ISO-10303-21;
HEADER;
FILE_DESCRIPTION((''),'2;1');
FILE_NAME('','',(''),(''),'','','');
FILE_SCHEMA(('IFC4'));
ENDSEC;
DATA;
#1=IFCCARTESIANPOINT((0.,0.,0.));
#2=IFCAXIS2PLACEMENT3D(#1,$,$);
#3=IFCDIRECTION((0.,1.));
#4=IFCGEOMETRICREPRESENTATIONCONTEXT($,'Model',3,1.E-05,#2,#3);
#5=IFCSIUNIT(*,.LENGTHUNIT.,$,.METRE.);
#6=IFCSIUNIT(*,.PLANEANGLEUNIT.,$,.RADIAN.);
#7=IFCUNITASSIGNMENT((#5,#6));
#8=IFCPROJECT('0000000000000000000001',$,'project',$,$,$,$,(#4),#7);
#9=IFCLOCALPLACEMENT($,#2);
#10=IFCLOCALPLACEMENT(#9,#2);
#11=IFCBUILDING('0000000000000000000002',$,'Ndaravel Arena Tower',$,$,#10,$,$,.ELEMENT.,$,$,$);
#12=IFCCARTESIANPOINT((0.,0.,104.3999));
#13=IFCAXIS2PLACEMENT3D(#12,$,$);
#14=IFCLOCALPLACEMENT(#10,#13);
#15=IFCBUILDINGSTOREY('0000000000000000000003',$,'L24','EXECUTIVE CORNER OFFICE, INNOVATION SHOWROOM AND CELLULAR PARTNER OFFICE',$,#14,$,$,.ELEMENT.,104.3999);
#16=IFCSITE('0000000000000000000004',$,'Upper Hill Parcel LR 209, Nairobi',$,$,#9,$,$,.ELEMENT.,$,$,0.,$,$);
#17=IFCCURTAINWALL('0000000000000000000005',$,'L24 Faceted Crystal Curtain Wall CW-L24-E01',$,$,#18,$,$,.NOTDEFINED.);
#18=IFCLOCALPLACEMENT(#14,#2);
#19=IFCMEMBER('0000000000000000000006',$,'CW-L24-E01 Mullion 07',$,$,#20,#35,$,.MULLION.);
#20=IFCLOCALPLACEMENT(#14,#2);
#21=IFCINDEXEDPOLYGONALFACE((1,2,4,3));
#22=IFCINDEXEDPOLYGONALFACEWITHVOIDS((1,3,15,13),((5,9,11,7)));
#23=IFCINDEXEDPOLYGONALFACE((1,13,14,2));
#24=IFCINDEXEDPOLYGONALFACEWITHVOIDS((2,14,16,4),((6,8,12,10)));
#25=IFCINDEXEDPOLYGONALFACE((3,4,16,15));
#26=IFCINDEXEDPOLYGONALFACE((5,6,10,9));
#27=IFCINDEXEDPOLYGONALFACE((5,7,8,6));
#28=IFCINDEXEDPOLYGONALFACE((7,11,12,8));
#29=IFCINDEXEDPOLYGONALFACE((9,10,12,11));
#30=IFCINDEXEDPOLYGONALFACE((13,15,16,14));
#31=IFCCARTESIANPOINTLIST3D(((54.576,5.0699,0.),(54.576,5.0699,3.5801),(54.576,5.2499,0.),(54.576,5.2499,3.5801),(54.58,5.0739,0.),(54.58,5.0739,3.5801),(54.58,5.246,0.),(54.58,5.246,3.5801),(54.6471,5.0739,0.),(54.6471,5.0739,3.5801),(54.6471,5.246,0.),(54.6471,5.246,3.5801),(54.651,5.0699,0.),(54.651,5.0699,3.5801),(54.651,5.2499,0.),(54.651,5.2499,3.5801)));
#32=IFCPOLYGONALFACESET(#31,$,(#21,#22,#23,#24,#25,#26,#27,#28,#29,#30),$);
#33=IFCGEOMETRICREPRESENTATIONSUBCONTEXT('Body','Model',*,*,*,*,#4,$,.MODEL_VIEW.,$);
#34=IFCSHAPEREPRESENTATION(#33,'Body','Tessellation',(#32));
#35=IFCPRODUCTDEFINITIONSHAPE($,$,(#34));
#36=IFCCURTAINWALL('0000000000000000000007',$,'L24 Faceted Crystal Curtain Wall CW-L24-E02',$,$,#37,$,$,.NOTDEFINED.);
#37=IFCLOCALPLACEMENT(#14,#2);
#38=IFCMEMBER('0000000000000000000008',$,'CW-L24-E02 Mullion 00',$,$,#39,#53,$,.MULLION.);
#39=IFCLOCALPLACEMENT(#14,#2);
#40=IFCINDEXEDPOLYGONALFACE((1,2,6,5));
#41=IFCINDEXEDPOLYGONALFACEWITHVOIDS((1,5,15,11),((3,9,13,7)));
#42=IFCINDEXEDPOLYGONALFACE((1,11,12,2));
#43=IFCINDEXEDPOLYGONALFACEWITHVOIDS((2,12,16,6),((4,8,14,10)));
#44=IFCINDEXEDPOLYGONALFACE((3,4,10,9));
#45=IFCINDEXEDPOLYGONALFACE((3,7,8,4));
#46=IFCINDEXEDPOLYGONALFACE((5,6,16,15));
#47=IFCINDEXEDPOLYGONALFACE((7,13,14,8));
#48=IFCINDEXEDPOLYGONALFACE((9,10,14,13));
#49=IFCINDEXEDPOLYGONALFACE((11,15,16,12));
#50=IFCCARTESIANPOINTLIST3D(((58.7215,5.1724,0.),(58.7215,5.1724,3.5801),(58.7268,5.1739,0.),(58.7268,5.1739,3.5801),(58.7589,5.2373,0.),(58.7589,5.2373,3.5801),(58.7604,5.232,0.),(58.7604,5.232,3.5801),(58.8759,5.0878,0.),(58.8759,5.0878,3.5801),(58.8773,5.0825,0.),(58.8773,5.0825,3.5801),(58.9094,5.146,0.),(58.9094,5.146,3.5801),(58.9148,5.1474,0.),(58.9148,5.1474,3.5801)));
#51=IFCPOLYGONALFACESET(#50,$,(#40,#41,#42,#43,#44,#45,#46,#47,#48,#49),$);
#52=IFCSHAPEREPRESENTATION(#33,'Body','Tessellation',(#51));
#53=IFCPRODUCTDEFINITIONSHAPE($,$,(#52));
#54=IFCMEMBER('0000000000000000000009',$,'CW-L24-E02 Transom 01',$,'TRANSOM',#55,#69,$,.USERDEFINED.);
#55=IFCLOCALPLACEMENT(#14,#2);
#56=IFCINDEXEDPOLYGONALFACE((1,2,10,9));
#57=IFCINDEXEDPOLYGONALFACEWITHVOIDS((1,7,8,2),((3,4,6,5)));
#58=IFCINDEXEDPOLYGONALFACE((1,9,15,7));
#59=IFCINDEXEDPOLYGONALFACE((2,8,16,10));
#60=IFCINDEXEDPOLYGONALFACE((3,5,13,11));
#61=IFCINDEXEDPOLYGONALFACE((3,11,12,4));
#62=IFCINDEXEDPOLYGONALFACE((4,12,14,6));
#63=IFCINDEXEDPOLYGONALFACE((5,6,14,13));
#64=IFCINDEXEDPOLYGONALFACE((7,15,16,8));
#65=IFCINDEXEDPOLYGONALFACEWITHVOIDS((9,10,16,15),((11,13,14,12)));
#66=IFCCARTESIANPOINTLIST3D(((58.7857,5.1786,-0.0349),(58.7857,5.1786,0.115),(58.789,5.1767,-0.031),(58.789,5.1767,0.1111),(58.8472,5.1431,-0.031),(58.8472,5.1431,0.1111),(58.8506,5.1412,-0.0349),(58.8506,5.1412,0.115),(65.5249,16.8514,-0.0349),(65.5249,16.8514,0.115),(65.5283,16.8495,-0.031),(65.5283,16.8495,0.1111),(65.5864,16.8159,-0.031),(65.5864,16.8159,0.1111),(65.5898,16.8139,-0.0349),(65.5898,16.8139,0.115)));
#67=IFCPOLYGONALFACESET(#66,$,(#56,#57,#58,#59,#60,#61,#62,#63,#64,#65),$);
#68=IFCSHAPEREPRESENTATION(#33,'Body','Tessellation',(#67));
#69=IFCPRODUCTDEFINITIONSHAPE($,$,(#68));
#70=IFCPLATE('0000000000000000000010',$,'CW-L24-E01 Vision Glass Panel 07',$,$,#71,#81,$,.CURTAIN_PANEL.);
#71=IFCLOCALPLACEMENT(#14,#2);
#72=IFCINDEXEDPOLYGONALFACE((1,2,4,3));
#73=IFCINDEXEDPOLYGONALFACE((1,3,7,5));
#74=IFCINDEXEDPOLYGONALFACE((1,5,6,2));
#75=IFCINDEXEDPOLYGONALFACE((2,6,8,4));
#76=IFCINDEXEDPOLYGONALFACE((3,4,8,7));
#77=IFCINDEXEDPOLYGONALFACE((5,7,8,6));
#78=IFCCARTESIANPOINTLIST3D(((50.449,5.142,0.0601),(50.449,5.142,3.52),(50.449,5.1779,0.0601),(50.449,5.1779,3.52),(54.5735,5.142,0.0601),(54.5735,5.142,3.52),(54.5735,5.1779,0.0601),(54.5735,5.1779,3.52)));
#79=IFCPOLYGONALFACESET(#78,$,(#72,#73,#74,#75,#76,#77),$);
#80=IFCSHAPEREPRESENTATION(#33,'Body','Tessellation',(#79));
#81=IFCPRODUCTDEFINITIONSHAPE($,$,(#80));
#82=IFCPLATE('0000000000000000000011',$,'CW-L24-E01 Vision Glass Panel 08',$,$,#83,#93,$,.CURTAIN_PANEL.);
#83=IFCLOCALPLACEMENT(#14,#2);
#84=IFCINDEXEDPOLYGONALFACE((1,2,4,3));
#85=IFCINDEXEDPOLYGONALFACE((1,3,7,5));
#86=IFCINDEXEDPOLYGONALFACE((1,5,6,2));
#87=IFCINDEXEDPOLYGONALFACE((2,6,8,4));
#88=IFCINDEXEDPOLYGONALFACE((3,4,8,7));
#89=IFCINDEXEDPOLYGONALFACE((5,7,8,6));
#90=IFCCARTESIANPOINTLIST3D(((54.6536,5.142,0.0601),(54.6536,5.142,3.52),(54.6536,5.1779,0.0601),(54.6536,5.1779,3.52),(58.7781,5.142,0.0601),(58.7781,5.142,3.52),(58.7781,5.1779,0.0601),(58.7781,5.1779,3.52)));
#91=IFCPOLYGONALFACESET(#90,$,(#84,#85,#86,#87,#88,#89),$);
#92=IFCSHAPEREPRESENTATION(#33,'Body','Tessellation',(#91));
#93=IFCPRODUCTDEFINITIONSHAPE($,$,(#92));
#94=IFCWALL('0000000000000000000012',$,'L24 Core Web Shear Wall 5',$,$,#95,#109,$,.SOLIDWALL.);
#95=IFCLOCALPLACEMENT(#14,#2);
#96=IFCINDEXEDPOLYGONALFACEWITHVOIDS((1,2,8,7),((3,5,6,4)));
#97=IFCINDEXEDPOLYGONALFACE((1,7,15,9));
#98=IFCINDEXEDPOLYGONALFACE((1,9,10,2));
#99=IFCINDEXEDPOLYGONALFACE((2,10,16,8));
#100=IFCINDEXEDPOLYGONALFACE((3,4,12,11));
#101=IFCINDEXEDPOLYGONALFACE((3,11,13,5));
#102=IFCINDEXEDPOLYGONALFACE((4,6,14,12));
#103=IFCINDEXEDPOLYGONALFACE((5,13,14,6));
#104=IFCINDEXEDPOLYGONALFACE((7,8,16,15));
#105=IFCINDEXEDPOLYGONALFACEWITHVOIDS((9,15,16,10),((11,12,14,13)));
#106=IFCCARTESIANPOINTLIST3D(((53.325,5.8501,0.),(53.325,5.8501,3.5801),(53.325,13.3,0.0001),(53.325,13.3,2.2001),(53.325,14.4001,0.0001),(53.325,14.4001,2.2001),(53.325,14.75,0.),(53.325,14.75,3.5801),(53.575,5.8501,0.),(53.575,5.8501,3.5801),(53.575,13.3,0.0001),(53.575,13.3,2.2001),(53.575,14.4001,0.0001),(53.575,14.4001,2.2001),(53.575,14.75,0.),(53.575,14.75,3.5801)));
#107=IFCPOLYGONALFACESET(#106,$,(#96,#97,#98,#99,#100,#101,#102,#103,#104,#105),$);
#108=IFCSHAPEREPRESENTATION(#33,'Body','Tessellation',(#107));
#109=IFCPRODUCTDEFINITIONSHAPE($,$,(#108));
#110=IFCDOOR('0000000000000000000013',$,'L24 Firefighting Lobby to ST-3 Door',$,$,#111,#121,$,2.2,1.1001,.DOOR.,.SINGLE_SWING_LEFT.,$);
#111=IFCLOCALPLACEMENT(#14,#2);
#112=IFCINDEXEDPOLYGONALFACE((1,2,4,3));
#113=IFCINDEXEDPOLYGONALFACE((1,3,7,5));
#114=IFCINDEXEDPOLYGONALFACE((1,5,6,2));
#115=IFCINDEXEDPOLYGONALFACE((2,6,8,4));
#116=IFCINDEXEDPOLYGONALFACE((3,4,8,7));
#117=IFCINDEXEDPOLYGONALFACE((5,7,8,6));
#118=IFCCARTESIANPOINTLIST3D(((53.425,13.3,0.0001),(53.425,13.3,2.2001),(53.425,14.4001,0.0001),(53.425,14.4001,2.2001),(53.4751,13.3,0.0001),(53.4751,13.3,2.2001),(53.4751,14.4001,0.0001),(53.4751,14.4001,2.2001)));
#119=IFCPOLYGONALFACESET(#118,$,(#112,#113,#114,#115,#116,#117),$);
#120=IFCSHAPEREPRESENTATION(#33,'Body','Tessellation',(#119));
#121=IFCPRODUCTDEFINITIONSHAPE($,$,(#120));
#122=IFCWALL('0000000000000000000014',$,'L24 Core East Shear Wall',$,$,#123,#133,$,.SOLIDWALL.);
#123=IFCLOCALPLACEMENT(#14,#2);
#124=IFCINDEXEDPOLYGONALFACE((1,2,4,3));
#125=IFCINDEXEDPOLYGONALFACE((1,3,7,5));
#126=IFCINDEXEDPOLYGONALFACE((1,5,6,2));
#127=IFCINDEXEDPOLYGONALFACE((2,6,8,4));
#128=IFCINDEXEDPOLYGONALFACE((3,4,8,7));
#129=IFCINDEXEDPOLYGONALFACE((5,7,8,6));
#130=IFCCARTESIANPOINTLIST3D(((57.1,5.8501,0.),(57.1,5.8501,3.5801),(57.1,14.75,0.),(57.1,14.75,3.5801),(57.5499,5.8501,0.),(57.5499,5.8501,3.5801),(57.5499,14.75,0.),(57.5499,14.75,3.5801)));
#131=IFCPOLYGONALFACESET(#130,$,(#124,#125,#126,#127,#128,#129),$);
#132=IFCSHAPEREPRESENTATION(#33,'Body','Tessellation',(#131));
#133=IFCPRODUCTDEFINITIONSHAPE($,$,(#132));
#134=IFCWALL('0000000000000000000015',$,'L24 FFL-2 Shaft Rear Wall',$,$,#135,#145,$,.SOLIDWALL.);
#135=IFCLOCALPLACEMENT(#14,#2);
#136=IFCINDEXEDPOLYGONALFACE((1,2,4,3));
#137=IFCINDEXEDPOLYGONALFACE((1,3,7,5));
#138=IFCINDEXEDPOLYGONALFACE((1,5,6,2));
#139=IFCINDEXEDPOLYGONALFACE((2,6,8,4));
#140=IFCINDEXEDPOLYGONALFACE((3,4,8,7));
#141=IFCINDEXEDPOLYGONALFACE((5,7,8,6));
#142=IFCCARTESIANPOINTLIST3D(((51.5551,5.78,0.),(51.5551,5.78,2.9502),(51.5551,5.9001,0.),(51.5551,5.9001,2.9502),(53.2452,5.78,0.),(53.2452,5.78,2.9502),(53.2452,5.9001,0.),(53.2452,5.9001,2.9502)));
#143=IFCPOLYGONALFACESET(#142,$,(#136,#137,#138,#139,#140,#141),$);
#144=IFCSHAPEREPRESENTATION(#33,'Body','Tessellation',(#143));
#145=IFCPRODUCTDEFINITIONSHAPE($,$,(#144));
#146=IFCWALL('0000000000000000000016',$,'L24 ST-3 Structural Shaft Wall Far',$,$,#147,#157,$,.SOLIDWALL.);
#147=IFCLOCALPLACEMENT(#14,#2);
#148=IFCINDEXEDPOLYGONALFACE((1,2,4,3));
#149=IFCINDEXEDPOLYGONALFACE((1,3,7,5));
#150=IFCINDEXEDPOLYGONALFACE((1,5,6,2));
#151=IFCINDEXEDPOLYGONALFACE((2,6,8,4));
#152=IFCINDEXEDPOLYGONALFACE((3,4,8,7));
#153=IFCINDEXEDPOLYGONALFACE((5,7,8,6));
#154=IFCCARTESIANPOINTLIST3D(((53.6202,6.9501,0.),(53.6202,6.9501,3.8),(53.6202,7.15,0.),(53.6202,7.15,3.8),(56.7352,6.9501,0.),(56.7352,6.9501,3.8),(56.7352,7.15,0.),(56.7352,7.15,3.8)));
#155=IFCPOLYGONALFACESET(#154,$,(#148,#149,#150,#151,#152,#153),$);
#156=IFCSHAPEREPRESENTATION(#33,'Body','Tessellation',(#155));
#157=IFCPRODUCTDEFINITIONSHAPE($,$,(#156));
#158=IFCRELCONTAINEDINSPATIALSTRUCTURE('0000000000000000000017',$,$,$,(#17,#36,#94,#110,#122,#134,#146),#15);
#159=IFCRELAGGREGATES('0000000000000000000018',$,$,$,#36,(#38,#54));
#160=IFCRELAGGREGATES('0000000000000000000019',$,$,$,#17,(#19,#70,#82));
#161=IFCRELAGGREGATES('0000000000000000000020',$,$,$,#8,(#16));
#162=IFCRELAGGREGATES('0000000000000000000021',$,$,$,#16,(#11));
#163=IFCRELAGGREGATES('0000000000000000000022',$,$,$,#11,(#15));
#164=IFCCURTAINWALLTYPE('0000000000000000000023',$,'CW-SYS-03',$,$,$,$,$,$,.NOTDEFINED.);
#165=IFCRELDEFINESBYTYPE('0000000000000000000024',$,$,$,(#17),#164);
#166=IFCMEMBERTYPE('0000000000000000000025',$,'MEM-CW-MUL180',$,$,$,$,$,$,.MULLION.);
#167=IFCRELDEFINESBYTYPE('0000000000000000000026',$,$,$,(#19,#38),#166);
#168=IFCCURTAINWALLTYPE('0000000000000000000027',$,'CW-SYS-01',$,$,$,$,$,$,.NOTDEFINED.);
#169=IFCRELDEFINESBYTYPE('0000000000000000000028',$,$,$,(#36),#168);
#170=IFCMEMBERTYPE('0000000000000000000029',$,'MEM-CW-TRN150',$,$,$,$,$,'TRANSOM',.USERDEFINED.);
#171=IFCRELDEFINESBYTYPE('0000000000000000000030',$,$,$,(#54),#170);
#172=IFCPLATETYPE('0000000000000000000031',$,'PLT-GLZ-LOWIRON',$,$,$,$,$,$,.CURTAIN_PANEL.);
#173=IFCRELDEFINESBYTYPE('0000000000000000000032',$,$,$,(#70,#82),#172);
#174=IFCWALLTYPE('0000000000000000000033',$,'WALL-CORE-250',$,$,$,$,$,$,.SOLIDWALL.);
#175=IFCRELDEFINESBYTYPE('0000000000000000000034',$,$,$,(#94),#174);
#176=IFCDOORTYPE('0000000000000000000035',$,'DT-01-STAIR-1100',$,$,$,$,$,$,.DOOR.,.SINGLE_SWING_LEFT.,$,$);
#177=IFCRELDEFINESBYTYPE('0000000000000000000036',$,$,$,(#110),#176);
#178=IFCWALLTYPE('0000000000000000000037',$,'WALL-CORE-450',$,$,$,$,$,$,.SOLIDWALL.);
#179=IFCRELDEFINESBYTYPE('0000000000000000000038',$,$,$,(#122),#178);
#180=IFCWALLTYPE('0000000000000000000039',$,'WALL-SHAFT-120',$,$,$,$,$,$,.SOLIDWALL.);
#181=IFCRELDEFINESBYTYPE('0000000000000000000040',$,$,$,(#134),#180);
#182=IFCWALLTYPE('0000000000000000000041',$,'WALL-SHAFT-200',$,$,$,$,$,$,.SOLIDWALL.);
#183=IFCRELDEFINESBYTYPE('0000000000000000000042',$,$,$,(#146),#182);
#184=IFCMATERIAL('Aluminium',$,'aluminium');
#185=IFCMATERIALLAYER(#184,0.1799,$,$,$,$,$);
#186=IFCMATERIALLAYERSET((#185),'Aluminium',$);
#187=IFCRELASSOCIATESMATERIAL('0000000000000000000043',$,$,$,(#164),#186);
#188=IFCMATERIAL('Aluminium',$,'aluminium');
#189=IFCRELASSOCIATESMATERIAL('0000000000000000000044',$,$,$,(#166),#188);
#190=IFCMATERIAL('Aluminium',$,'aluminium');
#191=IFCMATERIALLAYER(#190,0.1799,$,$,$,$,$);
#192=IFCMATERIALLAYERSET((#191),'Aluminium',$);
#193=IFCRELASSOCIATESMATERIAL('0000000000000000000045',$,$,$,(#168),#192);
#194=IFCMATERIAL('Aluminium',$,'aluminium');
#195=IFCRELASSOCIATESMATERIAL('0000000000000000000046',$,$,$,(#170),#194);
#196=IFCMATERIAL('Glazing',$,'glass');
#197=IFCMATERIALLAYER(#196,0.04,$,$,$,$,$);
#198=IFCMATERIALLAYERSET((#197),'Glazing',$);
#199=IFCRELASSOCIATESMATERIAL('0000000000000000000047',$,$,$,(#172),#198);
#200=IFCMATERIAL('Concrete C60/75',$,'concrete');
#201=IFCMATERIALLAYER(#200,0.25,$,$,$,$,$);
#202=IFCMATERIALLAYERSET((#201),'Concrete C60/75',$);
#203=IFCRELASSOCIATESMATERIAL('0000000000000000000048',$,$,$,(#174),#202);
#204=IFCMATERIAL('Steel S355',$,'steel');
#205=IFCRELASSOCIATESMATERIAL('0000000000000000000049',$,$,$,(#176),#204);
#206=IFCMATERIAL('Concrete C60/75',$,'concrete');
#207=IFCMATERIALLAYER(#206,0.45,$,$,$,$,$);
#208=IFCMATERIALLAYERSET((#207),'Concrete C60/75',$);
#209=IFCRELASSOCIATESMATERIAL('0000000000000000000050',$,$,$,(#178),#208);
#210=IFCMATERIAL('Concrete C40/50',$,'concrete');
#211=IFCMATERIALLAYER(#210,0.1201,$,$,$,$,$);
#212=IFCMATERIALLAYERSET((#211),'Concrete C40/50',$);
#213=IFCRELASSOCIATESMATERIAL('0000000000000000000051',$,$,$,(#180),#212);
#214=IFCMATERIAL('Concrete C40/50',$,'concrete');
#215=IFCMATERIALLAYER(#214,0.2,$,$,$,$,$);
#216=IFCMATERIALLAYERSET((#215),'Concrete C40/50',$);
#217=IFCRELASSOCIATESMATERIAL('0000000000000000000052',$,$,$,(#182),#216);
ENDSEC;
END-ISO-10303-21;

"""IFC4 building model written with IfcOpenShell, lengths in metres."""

from ifc_helpers import new_model, si_unit, direction, frame, frame_2d, origin, origin_2d, place, context, subcontext, project, spatial, rectangle, hollow_rectangle, extrude, material, layer, layer_set, material_profile, profile_set, type_object, element, fill, aggregate, save


model = new_model("IFC4")

# Units and contexts
model_context = context("Model", 3, precision=1e-05, world=origin(), true_north=direction((0.0, 1.0)))
body_context = subcontext(model_context, "Body", "Model", "MODEL_VIEW")
ifc_project = project(units=[si_unit("LENGTHUNIT", "METRE"), si_unit("PLANEANGLEUNIT", "RADIAN")], contexts=[model_context])

# Site, building, storey
site_placement = place(None, origin())
site = spatial("IfcSite", under=ifc_project, at=site_placement, Name="Upper Hill Parcel LR 209, Nairobi", CompositionType="ELEMENT", RefElevation=0.0)
building_placement = place(site_placement, origin())
building = spatial("IfcBuilding", under=site, at=building_placement, Name="Ndaravel Arena Tower", CompositionType="ELEMENT")
storey_placement = place(building_placement, frame((0.0, 0.0, 104.3999)))
storey = spatial("IfcBuildingStorey", under=building, at=storey_placement, Name="L24", Description="EXECUTIVE CORNER OFFICE, INNOVATION SHOWROOM AND CELLULAR PARTNER OFFICE", CompositionType="ELEMENT", Elevation=104.3999)

# Curtain wall, member
ifc_material_1 = material(Name="Aluminium", Category="aluminium")
ifc_layer_1 = layer(ifc_material_1, 0.1799)
ifc_layer_set_1 = layer_set([ifc_layer_1], Name="Aluminium")
curtain_wall_type_1 = type_object("IfcCurtainWallType", Name="CW-SYS-03", PredefinedType="NOTDEFINED", material=ifc_layer_set_1)
curtain_wall_1_placement = place(storey_placement, origin())
curtain_wall_1 = element("IfcCurtainWall", 1, at=curtain_wall_1_placement, inside=storey, type_object=curtain_wall_type_1, Name="L24 Faceted Crystal Curtain Wall CW-L24-E01", PredefinedType="NOTDEFINED")
ifc_material_2 = material(Name="Aluminium", Category="aluminium")
ifc_material_profile_1 = material_profile(ifc_material_2, hollow_rectangle(XDim=0.075, YDim=0.1799, WallThickness=0.0039, at=origin_2d()), Name="CW MULLION 75x180x4")
ifc_profile_set_1 = profile_set([ifc_material_profile_1], Name="Aluminium")
member_type_1 = type_object("IfcMemberType", Name="MEM-CW-MUL180", PredefinedType="MULLION", material=ifc_profile_set_1)
member_1_placement = place(storey_placement, frame((54.6135, 5.1599, 0.0), z_axis=(0.0, 0.0, 1.0), x_axis=(1.0, 0.0, 0.0)))
member_1 = element("IfcMember", 2, at=member_1_placement, type_object=member_type_1, Name="CW-L24-E01 Mullion 07", PredefinedType="MULLION", context=body_context, shape_type="SweptSolid", body=[
    extrude(hollow_rectangle(XDim=0.075, YDim=0.1799, WallThickness=0.0039, at=origin_2d()), origin(), (0.0, 0.0, 1.0), 3.5801),
])

# Curtain wall, members
ifc_material_3 = material(Name="Aluminium", Category="aluminium")
ifc_layer_2 = layer(ifc_material_3, 0.1799)
ifc_layer_set_2 = layer_set([ifc_layer_2], Name="Aluminium")
curtain_wall_type_2 = type_object("IfcCurtainWallType", Name="CW-SYS-01", PredefinedType="NOTDEFINED", material=ifc_layer_set_2)
curtain_wall_2_placement = place(storey_placement, origin())
curtain_wall_2 = element("IfcCurtainWall", 3, at=curtain_wall_2_placement, inside=storey, type_object=curtain_wall_type_2, Name="L24 Faceted Crystal Curtain Wall CW-L24-E02", PredefinedType="NOTDEFINED")
member_2_placement = place(storey_placement, frame((58.8181, 5.1599, 0.0), z_axis=(0.0, 0.0, 1.0), x_axis=(0.5, 0.866025, 0.0)))
member_2 = element("IfcMember", 4, at=member_2_placement, type_object=member_type_1, Name="CW-L24-E02 Mullion 00", PredefinedType="MULLION", context=body_context, shape_type="SweptSolid", body=[
    extrude(hollow_rectangle(XDim=0.075, YDim=0.1799, WallThickness=0.0039, at=origin_2d()), origin(), (0.0, 0.0, 1.0), 3.5801),
])
ifc_material_4 = material(Name="Aluminium", Category="aluminium")
ifc_material_profile_2 = material_profile(ifc_material_4, hollow_rectangle(XDim=0.075, YDim=0.1499, WallThickness=0.0039, at=origin_2d()), Name="CW TRANSOM 75x150x4")
ifc_profile_set_2 = profile_set([ifc_material_profile_2], Name="Aluminium")
member_type_2 = type_object("IfcMemberType", Name="MEM-CW-TRN150", ElementType="TRANSOM", PredefinedType="USERDEFINED", material=ifc_profile_set_2)
member_3_placement = place(storey_placement, frame((58.8181, 5.1599, 0.04), z_axis=(0.499996, 0.866028, 0.0), x_axis=(-0.866028, 0.499996, 0.0)))
member_3 = element("IfcMember", 5, at=member_3_placement, type_object=member_type_2, Name="CW-L24-E02 Transom 01", ObjectType="TRANSOM", PredefinedType="USERDEFINED", context=body_context, shape_type="SweptSolid", body=[
    extrude(hollow_rectangle(XDim=0.075, YDim=0.1499, WallThickness=0.0039, at=origin_2d()), origin(), (0.0, 0.0, 1.0), 13.4785),
])
aggregate(curtain_wall_2, [member_2, member_3])

# Plates
ifc_material_5 = material(Name="Glazing", Category="glass")
ifc_layer_3 = layer(ifc_material_5, 0.04)
ifc_layer_set_3 = layer_set([ifc_layer_3], Name="Glazing")
plate_type = type_object("IfcPlateType", Name="PLT-GLZ-LOWIRON", PredefinedType="CURTAIN_PANEL", material=ifc_layer_set_3)
plate_1_placement = place(storey_placement, frame((52.5112, 5.1599, 0.0601), z_axis=(0.0, 0.0, 1.0), x_axis=(1.0, 0.0, 0.0)))
plate_1 = element("IfcPlate", 6, at=plate_1_placement, type_object=plate_type, Name="CW-L24-E01 Vision Glass Panel 07", PredefinedType="CURTAIN_PANEL", context=body_context, shape_type="SweptSolid", body=[
    extrude(rectangle(XDim=4.1245, YDim=0.0359, at=origin_2d()), origin(), (0.0, 0.0, 1.0), 3.46),
])
plate_2_placement = place(storey_placement, frame((56.7158, 5.1599, 0.0601), z_axis=(0.0, 0.0, 1.0), x_axis=(1.0, 0.0, 0.0)))
plate_2 = element("IfcPlate", 7, at=plate_2_placement, type_object=plate_type, Name="CW-L24-E01 Vision Glass Panel 08", PredefinedType="CURTAIN_PANEL", context=body_context, shape_type="SweptSolid", body=[
    extrude(rectangle(XDim=4.1245, YDim=0.0359, at=origin_2d()), origin(), (0.0, 0.0, 1.0), 3.46),
])
aggregate(curtain_wall_1, [member_1, plate_1, plate_2])

# Wall, opening, door
ifc_material_6 = material(Name="Concrete C60/75", Category="concrete")
ifc_layer_4 = layer(ifc_material_6, 0.25)
ifc_layer_set_4 = layer_set([ifc_layer_4], Name="Concrete C60/75")
wall_type_1 = type_object("IfcWallType", Name="WALL-CORE-250", PredefinedType="SOLIDWALL", material=ifc_layer_set_4)
wall_1_placement = place(storey_placement, frame((53.45, 5.8501, 0.0), z_axis=(0.0, 0.0, 1.0), x_axis=(0.0, 1.0, 0.0)))
wall_1 = element("IfcWall", 8, at=wall_1_placement, inside=storey, type_object=wall_type_1, Name="L24 Core Web Shear Wall 5", PredefinedType="SOLIDWALL", context=body_context, shape_type="SweptSolid", body=[
    extrude(rectangle(XDim=8.8999, YDim=0.25, at=frame_2d((4.45, 0.0))), origin(), (0.0, 0.0, 1.0), 3.5801),
])
opening_1_placement = place(wall_1_placement, frame((7.45, 0.0, 0.0)))
opening_1 = element("IfcOpeningElement", 9, at=opening_1_placement, cuts=wall_1, PredefinedType="OPENING", context=body_context, shape_type="SweptSolid", body=[
    extrude(rectangle(XDim=1.1001, YDim=2.2, at=frame_2d((0.55, 1.1001))), frame((0.0, 0.125, 0.0), z_axis=(0.0, -1.0, 0.0), x_axis=(1.0, 0.0, 0.0)), (0.0, 0.0, 1.0), 0.25),
])
ifc_material_7 = material(Name="Steel S355", Category="steel")
door_type_1 = type_object("IfcDoorType", Name="DT-01-STAIR-1100", OperationType="SINGLE_SWING_LEFT", PredefinedType="DOOR", material=ifc_material_7)
door_1_placement = place(opening_1_placement, origin())
door_1 = element("IfcDoor", 10, at=door_1_placement, inside=storey, type_object=door_type_1, Name="L24 Firefighting Lobby to ST-3 Door", OperationType="SINGLE_SWING_LEFT", OverallHeight=2.2, OverallWidth=1.1001, PredefinedType="DOOR", context=body_context, shape_type="SweptSolid", body=[
    extrude(rectangle(XDim=1.1001, YDim=2.2, at=frame_2d((0.55, 1.1001))), frame((0.0, 0.0249, 0.0), z_axis=(0.0, -1.0, 0.0), x_axis=(1.0, 0.0, 0.0)), (0.0, 0.0, 1.0), 0.05),
])
fill(opening_1, door_1)

# Walls
ifc_material_8 = material(Name="Concrete C60/75", Category="concrete")
ifc_layer_5 = layer(ifc_material_8, 0.45)
ifc_layer_set_5 = layer_set([ifc_layer_5], Name="Concrete C60/75")
wall_type_2 = type_object("IfcWallType", Name="WALL-CORE-450", PredefinedType="SOLIDWALL", material=ifc_layer_set_5)
wall_2_placement = place(storey_placement, frame((57.325, 5.8501, 0.0), z_axis=(0.0, 0.0, 1.0), x_axis=(0.0, 1.0, 0.0)))
element("IfcWall", 11, at=wall_2_placement, inside=storey, type_object=wall_type_2, Name="L24 Core East Shear Wall", PredefinedType="SOLIDWALL", context=body_context, shape_type="SweptSolid", body=[
    extrude(rectangle(XDim=8.8999, YDim=0.45, at=frame_2d((4.45, 0.0))), origin(), (0.0, 0.0, 1.0), 3.5801),
])
ifc_material_9 = material(Name="Concrete C40/50", Category="concrete")
ifc_layer_6 = layer(ifc_material_9, 0.1201)
ifc_layer_set_6 = layer_set([ifc_layer_6], Name="Concrete C40/50")
wall_type_3 = type_object("IfcWallType", Name="WALL-SHAFT-120", PredefinedType="SOLIDWALL", material=ifc_layer_set_6)
wall_3_placement = place(storey_placement, frame((51.5549, 5.8401, 0.0), z_axis=(0.0, 0.0, 1.0), x_axis=(1.0, 0.0, 0.0)))
element("IfcWall", 12, at=wall_3_placement, inside=storey, type_object=wall_type_3, Name="L24 FFL-2 Shaft Rear Wall", PredefinedType="SOLIDWALL", context=body_context, shape_type="SweptSolid", body=[
    extrude(rectangle(XDim=1.6902, YDim=0.1201, at=frame_2d((0.8452, 0.0))), origin(), (0.0, 0.0, 1.0), 2.9502),
])
ifc_material_10 = material(Name="Concrete C40/50", Category="concrete")
ifc_layer_7 = layer(ifc_material_10, 0.2)
ifc_layer_set_7 = layer_set([ifc_layer_7], Name="Concrete C40/50")
wall_type_4 = type_object("IfcWallType", Name="WALL-SHAFT-200", PredefinedType="SOLIDWALL", material=ifc_layer_set_7)
wall_4_placement = place(storey_placement, frame((53.6201, 7.05, 0.0), z_axis=(0.0, 0.0, 1.0), x_axis=(1.0, 0.0, 0.0)))
element("IfcWall", 13, at=wall_4_placement, inside=storey, type_object=wall_type_4, Name="L24 ST-3 Structural Shaft Wall Far", PredefinedType="SOLIDWALL", context=body_context, shape_type="SweptSolid", body=[
    extrude(rectangle(XDim=3.115, YDim=0.2, at=frame_2d((1.5576, 0.0))), origin(), (0.0, 0.0, 1.0), 3.8),
])

save(model, "model.ifc")
